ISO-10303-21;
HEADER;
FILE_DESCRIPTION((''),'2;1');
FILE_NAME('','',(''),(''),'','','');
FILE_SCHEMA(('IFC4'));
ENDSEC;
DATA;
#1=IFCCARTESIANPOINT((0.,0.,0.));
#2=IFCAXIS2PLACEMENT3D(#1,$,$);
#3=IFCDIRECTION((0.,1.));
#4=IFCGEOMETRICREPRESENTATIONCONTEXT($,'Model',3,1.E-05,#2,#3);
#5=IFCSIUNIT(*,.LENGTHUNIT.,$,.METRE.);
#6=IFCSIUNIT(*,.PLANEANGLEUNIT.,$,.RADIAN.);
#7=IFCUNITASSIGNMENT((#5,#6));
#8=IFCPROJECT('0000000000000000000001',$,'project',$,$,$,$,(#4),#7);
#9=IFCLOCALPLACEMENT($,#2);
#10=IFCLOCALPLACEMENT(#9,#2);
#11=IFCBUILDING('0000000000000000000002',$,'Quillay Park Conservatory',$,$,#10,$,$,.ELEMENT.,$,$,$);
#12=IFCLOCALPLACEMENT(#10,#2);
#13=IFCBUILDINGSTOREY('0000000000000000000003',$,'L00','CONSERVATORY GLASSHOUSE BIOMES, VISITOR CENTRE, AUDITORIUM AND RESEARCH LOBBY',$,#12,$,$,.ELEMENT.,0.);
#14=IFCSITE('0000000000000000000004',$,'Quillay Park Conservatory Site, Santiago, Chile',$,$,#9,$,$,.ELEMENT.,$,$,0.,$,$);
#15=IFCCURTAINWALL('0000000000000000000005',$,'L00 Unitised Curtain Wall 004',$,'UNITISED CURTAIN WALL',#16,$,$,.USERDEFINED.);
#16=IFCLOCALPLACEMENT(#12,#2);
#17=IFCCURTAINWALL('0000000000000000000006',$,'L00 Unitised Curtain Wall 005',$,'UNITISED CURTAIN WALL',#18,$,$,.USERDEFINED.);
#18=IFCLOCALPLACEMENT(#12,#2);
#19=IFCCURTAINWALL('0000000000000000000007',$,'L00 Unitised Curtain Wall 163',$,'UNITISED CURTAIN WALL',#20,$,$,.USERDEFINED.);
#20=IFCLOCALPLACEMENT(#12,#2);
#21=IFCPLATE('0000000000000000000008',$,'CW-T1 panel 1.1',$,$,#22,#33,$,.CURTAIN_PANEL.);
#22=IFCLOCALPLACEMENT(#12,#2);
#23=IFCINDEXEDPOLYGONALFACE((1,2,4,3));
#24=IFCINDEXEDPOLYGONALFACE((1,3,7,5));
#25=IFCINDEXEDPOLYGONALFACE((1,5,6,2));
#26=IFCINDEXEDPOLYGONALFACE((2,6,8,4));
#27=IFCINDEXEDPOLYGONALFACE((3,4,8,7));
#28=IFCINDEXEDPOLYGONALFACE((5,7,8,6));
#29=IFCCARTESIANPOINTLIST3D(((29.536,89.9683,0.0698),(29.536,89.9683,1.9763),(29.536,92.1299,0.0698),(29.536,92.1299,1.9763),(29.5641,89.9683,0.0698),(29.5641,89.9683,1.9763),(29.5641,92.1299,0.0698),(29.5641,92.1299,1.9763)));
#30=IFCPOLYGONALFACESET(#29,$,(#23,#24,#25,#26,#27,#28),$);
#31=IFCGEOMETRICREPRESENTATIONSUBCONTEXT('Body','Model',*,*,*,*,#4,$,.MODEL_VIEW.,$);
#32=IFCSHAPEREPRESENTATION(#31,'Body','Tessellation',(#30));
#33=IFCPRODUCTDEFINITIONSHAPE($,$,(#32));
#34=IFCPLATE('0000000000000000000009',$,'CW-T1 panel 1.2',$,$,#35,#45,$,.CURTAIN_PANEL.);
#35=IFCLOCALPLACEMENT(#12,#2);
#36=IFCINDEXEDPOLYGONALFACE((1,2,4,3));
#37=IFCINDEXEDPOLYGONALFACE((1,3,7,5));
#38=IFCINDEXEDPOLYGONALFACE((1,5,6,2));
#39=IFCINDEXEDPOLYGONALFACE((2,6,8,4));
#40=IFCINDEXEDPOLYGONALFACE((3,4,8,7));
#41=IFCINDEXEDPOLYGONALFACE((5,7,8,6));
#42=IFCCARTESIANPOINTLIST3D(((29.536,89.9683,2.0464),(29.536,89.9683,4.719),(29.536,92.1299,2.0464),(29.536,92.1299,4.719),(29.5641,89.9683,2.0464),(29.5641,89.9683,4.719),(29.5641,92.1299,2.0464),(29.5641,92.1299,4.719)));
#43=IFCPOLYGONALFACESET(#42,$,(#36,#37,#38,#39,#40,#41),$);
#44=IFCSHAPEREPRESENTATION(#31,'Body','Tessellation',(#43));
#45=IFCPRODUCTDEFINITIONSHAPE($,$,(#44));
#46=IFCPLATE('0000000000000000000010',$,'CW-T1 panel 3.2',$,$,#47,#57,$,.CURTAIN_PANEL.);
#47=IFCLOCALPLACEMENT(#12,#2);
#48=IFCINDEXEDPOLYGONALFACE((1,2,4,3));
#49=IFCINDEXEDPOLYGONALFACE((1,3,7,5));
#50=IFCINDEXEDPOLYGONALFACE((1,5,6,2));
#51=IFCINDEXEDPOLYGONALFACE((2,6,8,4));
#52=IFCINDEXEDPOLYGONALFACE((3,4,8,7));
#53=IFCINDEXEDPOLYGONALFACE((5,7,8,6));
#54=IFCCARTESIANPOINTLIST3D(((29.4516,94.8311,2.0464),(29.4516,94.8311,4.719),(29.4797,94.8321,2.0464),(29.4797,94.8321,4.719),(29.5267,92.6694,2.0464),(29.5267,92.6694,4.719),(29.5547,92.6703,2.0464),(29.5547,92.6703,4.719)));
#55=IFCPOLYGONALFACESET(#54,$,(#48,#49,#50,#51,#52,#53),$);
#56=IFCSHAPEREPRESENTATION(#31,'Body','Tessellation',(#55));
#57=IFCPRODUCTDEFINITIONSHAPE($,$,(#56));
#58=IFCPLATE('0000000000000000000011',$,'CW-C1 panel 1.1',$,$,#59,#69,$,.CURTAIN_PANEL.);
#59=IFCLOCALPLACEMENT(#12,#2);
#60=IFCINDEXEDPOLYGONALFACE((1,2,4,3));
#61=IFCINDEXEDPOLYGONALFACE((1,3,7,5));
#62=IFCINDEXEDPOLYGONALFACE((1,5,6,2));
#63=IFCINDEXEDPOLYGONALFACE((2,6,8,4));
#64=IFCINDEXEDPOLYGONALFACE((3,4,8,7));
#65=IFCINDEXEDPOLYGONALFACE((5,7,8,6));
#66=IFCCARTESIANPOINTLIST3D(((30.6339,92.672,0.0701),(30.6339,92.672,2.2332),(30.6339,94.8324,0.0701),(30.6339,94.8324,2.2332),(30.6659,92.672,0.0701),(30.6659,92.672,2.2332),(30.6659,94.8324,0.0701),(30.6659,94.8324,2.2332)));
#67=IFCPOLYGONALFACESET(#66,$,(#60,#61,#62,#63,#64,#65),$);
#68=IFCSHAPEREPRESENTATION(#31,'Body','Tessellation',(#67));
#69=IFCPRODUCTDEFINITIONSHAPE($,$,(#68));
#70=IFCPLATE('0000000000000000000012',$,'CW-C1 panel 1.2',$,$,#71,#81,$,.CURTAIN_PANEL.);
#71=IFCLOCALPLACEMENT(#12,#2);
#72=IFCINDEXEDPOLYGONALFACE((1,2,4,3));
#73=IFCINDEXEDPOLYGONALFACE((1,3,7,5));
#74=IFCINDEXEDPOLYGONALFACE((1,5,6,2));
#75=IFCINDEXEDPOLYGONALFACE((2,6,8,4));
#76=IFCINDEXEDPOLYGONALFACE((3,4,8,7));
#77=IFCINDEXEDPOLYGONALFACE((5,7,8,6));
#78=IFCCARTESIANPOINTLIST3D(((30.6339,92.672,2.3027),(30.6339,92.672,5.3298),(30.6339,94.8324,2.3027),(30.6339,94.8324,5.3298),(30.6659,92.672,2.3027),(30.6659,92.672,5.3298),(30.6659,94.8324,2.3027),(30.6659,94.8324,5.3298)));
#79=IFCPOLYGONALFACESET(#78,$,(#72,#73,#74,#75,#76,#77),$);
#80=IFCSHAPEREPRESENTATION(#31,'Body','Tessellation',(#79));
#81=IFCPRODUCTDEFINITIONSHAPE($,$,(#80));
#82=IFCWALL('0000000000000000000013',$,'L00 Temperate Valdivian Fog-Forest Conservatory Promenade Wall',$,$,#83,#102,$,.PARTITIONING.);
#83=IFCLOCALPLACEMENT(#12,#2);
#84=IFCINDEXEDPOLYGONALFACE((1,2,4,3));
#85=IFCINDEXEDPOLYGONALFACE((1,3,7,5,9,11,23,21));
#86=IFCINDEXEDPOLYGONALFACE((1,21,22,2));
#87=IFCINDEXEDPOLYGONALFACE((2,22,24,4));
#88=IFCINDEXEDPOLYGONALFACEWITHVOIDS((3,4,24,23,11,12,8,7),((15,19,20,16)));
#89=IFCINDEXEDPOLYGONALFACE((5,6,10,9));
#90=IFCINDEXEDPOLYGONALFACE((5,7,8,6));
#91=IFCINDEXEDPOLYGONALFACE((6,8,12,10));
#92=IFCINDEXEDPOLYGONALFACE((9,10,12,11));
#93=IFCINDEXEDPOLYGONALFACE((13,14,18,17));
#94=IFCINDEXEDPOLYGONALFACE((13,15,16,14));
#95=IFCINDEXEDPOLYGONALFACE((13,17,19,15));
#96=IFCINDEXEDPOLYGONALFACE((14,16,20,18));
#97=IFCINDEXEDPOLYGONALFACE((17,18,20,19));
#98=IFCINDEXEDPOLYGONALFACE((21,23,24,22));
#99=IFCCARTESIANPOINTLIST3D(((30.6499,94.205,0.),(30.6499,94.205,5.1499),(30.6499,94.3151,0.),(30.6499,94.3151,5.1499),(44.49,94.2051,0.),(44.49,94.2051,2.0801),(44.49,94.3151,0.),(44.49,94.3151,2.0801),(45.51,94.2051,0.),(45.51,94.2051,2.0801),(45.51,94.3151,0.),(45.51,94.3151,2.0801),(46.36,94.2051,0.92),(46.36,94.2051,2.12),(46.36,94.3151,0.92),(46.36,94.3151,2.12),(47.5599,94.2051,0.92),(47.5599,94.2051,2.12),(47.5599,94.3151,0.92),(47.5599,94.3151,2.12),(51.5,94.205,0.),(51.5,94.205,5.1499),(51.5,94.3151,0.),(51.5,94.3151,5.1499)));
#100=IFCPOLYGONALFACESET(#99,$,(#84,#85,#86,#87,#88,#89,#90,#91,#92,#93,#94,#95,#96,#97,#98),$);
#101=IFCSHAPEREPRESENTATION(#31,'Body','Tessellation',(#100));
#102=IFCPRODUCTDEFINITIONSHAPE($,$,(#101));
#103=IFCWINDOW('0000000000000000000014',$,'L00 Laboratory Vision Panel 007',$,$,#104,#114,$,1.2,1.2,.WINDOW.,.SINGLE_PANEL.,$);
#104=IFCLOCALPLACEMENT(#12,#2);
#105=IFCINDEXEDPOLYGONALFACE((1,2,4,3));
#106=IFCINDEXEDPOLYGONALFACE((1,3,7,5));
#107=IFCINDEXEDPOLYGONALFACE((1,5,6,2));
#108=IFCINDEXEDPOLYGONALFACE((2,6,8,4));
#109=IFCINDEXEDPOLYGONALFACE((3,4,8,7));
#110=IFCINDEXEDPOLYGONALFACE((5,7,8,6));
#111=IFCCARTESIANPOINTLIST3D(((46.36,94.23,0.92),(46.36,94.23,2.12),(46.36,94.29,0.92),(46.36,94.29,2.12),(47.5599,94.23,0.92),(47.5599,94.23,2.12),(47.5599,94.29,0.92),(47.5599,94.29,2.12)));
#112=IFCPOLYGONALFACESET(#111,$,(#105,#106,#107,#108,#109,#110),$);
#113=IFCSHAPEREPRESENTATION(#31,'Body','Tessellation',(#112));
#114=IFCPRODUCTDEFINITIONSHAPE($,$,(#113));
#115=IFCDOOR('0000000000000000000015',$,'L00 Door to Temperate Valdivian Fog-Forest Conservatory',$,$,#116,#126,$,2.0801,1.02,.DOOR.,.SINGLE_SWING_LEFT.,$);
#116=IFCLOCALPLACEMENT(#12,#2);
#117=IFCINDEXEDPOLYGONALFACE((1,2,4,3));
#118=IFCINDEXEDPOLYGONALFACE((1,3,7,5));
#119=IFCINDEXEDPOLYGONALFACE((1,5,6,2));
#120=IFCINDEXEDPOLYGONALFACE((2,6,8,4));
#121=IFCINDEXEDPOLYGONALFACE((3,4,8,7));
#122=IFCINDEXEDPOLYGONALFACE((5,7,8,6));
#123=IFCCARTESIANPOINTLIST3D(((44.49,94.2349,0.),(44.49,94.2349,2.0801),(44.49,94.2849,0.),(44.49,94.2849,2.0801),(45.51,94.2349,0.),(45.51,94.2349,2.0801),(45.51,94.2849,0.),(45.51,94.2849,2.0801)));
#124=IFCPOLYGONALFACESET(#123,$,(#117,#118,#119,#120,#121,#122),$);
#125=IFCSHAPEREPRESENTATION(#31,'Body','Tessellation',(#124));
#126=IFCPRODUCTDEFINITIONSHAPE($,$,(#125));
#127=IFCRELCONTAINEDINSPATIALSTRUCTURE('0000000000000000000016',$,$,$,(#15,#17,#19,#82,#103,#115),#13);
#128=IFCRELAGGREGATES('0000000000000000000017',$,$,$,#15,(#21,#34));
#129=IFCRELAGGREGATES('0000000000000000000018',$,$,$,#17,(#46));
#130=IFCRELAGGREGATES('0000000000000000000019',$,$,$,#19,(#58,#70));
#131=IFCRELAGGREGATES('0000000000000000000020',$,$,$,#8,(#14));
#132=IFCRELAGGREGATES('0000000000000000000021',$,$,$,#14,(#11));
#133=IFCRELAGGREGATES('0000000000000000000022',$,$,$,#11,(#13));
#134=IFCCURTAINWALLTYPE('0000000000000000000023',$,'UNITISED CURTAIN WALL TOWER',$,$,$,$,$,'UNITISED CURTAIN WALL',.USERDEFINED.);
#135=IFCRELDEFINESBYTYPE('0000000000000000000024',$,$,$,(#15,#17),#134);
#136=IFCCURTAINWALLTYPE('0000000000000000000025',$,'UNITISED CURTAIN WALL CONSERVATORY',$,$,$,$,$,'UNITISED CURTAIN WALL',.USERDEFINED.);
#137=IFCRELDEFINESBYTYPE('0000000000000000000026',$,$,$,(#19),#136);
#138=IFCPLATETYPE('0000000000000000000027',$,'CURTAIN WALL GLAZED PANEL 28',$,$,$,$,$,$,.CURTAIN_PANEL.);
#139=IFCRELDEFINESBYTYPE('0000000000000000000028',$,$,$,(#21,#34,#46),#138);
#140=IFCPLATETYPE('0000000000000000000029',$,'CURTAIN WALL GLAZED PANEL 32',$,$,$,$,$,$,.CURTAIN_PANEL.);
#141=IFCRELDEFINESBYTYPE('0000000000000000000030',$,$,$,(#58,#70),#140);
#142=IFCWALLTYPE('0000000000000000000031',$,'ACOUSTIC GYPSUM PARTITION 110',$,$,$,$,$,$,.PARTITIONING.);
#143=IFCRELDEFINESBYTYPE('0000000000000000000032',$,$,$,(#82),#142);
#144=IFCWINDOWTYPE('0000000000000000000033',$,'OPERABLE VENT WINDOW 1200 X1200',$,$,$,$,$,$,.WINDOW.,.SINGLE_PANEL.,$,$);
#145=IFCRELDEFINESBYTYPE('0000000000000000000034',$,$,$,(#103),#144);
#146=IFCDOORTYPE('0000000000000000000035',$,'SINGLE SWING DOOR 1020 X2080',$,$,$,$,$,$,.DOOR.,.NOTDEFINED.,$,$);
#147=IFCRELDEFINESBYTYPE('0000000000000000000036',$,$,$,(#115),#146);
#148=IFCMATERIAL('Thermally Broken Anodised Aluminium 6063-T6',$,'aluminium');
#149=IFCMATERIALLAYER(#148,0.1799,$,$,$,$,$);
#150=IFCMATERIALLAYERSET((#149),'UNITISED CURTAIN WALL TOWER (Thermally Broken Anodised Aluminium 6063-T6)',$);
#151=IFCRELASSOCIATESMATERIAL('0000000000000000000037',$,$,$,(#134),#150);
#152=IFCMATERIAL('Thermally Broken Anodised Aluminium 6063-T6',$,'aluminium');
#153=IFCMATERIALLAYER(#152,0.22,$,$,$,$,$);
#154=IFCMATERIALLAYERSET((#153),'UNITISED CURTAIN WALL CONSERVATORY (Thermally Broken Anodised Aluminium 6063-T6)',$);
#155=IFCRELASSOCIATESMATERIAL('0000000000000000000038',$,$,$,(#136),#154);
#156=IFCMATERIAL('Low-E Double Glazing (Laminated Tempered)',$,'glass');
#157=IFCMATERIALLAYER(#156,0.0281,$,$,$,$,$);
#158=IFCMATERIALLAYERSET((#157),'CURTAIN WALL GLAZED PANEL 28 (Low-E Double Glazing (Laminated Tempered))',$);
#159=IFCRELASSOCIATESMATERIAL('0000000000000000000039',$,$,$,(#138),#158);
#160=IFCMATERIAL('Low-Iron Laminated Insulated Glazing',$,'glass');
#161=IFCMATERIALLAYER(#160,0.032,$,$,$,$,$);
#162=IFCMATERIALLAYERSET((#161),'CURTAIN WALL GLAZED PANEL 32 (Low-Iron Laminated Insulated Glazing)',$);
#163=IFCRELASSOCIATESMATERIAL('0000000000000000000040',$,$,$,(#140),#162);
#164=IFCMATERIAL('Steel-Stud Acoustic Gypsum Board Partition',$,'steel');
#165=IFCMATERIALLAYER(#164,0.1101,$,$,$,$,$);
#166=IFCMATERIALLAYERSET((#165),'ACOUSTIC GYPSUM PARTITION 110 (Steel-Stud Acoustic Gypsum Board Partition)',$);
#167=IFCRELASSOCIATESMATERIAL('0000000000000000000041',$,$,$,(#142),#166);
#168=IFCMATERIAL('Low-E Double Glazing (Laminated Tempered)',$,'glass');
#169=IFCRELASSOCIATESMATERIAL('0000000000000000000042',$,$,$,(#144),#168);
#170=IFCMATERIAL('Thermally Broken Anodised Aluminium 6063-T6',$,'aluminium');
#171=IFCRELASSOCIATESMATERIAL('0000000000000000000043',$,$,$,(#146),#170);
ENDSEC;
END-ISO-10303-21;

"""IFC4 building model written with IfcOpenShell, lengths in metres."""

from ifc_helpers import new_model, si_unit, direction, frame, frame_2d, origin, origin_2d, place, context, subcontext, project, spatial, rectangle, extrude, material, layer, layer_set, type_object, element, fill, aggregate, save


model = new_model("IFC4")

# Units and contexts
model_context = context("Model", 3, precision=1e-05, world=origin(), true_north=direction((0.0, 1.0)))
body_context = subcontext(model_context, "Body", "Model", "MODEL_VIEW")
ifc_project = project(units=[si_unit("LENGTHUNIT", "METRE"), si_unit("PLANEANGLEUNIT", "RADIAN")], contexts=[model_context])

# Site, building, storey
site_placement = place(None, origin())
site = spatial("IfcSite", under=ifc_project, at=site_placement, Name="Quillay Park Conservatory Site, Santiago, Chile", CompositionType="ELEMENT", RefElevation=0.0)
building_placement = place(site_placement, origin())
building = spatial("IfcBuilding", under=site, at=building_placement, Name="Quillay Park Conservatory", CompositionType="ELEMENT")
storey_placement = place(building_placement, origin())
storey = spatial("IfcBuildingStorey", under=building, at=storey_placement, Name="L00", Description="CONSERVATORY GLASSHOUSE BIOMES, VISITOR CENTRE, AUDITORIUM AND RESEARCH LOBBY", CompositionType="ELEMENT", Elevation=0.0)

# Curtain walls
ifc_material_1 = material(Name="Thermally Broken Anodised Aluminium 6063-T6", Category="aluminium")
ifc_layer_1 = layer(ifc_material_1, 0.1799)
ifc_layer_set_1 = layer_set([ifc_layer_1], Name="UNITISED CURTAIN WALL TOWER (Thermally Broken Anodised Aluminium 6063-T6)")
curtain_wall_type_1 = type_object("IfcCurtainWallType", Name="UNITISED CURTAIN WALL TOWER", ElementType="UNITISED CURTAIN WALL", PredefinedType="USERDEFINED", material=ifc_layer_set_1)
curtain_wall_1_placement = place(storey_placement, origin())
curtain_wall_1 = element("IfcCurtainWall", 1, at=curtain_wall_1_placement, inside=storey, type_object=curtain_wall_type_1, Name="L00 Unitised Curtain Wall 004", ObjectType="UNITISED CURTAIN WALL", PredefinedType="USERDEFINED")
curtain_wall_2_placement = place(storey_placement, origin())
curtain_wall_2 = element("IfcCurtainWall", 2, at=curtain_wall_2_placement, inside=storey, type_object=curtain_wall_type_1, Name="L00 Unitised Curtain Wall 005", ObjectType="UNITISED CURTAIN WALL", PredefinedType="USERDEFINED")

# Curtain wall
ifc_material_2 = material(Name="Thermally Broken Anodised Aluminium 6063-T6", Category="aluminium")
ifc_layer_2 = layer(ifc_material_2, 0.22)
ifc_layer_set_2 = layer_set([ifc_layer_2], Name="UNITISED CURTAIN WALL CONSERVATORY (Thermally Broken Anodised Aluminium 6063-T6)")
curtain_wall_type_2 = type_object("IfcCurtainWallType", Name="UNITISED CURTAIN WALL CONSERVATORY", ElementType="UNITISED CURTAIN WALL", PredefinedType="USERDEFINED", material=ifc_layer_set_2)
curtain_wall_3_placement = place(storey_placement, origin())
curtain_wall_3 = element("IfcCurtainWall", 3, at=curtain_wall_3_placement, inside=storey, type_object=curtain_wall_type_2, Name="L00 Unitised Curtain Wall 163", ObjectType="UNITISED CURTAIN WALL", PredefinedType="USERDEFINED")

# Plates
ifc_material_3 = material(Name="Low-E Double Glazing (Laminated Tempered)", Category="glass")
ifc_layer_3 = layer(ifc_material_3, 0.0281)
ifc_layer_set_3 = layer_set([ifc_layer_3], Name="CURTAIN WALL GLAZED PANEL 28 (Low-E Double Glazing (Laminated Tempered))")
plate_type_1 = type_object("IfcPlateType", Name="CURTAIN WALL GLAZED PANEL 28", PredefinedType="CURTAIN_PANEL", material=ifc_layer_set_3)
plate_1_placement = place(storey_placement, frame((29.55, 91.0491, 0.0698), z_axis=(0.0, 0.0, 1.0), x_axis=(0.0, -1.0, 0.0)))
plate_1 = element("IfcPlate", 4, at=plate_1_placement, type_object=plate_type_1, Name="CW-T1 panel 1.1", PredefinedType="CURTAIN_PANEL", context=body_context, shape_type="SweptSolid", body=[
    extrude(rectangle(XDim=2.1616, YDim=0.0281, at=origin_2d()), origin(), (0.0, 0.0, 1.0), 1.9065),
])
plate_2_placement = place(storey_placement, frame((29.55, 91.0491, 2.0464), z_axis=(0.0, 0.0, 1.0), x_axis=(0.0, -1.0, 0.0)))
plate_2 = element("IfcPlate", 5, at=plate_2_placement, type_object=plate_type_1, Name="CW-T1 panel 1.2", PredefinedType="CURTAIN_PANEL", context=body_context, shape_type="SweptSolid", body=[
    extrude(rectangle(XDim=2.1616, YDim=0.0281, at=origin_2d()), origin(), (0.0, 0.0, 1.0), 2.6726),
])
aggregate(curtain_wall_1, [plate_1, plate_2])
plate_3_placement = place(storey_placement, frame((29.5032, 93.7507, 2.0464), z_axis=(0.0, 0.0, 1.0), x_axis=(0.034713, -0.999397, 0.0)))
plate_3 = element("IfcPlate", 6, at=plate_3_placement, type_object=plate_type_1, Name="CW-T1 panel 3.2", PredefinedType="CURTAIN_PANEL", context=body_context, shape_type="SweptSolid", body=[
    extrude(rectangle(XDim=2.1631, YDim=0.0281, at=origin_2d()), origin(), (0.0, 0.0, 1.0), 2.6726),
])
aggregate(curtain_wall_2, [plate_3])
ifc_material_4 = material(Name="Low-Iron Laminated Insulated Glazing", Category="glass")
ifc_layer_4 = layer(ifc_material_4, 0.032)
ifc_layer_set_4 = layer_set([ifc_layer_4], Name="CURTAIN WALL GLAZED PANEL 32 (Low-Iron Laminated Insulated Glazing)")
plate_type_2 = type_object("IfcPlateType", Name="CURTAIN WALL GLAZED PANEL 32", PredefinedType="CURTAIN_PANEL", material=ifc_layer_set_4)
plate_4_placement = place(storey_placement, frame((30.6499, 93.7522, 0.0701), z_axis=(0.0, 0.0, 1.0), x_axis=(0.0, 1.0, 0.0)))
plate_4 = element("IfcPlate", 7, at=plate_4_placement, type_object=plate_type_2, Name="CW-C1 panel 1.1", PredefinedType="CURTAIN_PANEL", context=body_context, shape_type="SweptSolid", body=[
    extrude(rectangle(XDim=2.1604, YDim=0.032, at=origin_2d()), origin(), (0.0, 0.0, 1.0), 2.1631),
])
plate_5_placement = place(storey_placement, frame((30.6499, 93.7522, 2.3027), z_axis=(0.0, 0.0, 1.0), x_axis=(0.0, 1.0, 0.0)))
plate_5 = element("IfcPlate", 8, at=plate_5_placement, type_object=plate_type_2, Name="CW-C1 panel 1.2", PredefinedType="CURTAIN_PANEL", context=body_context, shape_type="SweptSolid", body=[
    extrude(rectangle(XDim=2.1604, YDim=0.032, at=origin_2d()), origin(), (0.0, 0.0, 1.0), 3.0271),
])
aggregate(curtain_wall_3, [plate_4, plate_5])

# Wall, openings, window, door
ifc_material_5 = material(Name="Steel-Stud Acoustic Gypsum Board Partition", Category="steel")
ifc_layer_5 = layer(ifc_material_5, 0.1101)
ifc_layer_set_5 = layer_set([ifc_layer_5], Name="ACOUSTIC GYPSUM PARTITION 110 (Steel-Stud Acoustic Gypsum Board Partition)")
wall_type = type_object("IfcWallType", Name="ACOUSTIC GYPSUM PARTITION 110", PredefinedType="PARTITIONING", material=ifc_layer_set_5)
wall_placement = place(storey_placement, frame((30.6499, 94.26, 0.0), z_axis=(0.0, 0.0, 1.0), x_axis=(1.0, 0.0, 0.0)))
wall = element("IfcWall", 9, at=wall_placement, inside=storey, type_object=wall_type, Name="L00 Temperate Valdivian Fog-Forest Conservatory Promenade Wall", PredefinedType="PARTITIONING", context=body_context, shape_type="SweptSolid", body=[
    extrude(rectangle(XDim=20.8501, YDim=0.1101, at=frame_2d((10.425, 0.0))), origin(), (0.0, 0.0, 1.0), 5.1499),
])
opening_1_placement = place(wall_placement, frame((13.8401, 0.0, 0.0)))
opening_1 = element("IfcOpeningElement", 10, at=opening_1_placement, cuts=wall, PredefinedType="OPENING", context=body_context, shape_type="SweptSolid", body=[
    extrude(rectangle(XDim=1.02, YDim=2.0801, at=frame_2d((0.51, 1.04))), frame((0.0, 0.0552, 0.0), z_axis=(0.0, -1.0, 0.0), x_axis=(1.0, 0.0, 0.0)), (0.0, 0.0, 1.0), 0.1101),
])
opening_2_placement = place(wall_placement, frame((15.71, 0.0, 0.9199)))
opening_2 = element("IfcOpeningElement", 11, at=opening_2_placement, cuts=wall, PredefinedType="OPENING", context=body_context, shape_type="SweptSolid", body=[
    extrude(rectangle(XDim=1.2, YDim=1.2, at=frame_2d((0.6001, 0.6001))), frame((0.0, 0.0552, 0.0), z_axis=(0.0, -1.0, 0.0), x_axis=(1.0, 0.0, 0.0)), (0.0, 0.0, 1.0), 0.1101),
])
ifc_material_6 = material(Name="Low-E Double Glazing (Laminated Tempered)", Category="glass")
window_type = type_object("IfcWindowType", Name="OPERABLE VENT WINDOW 1200 X1200", PartitioningType="SINGLE_PANEL", PredefinedType="WINDOW", material=ifc_material_6)
window_placement = place(opening_2_placement, origin())
window = element("IfcWindow", 12, at=window_placement, inside=storey, type_object=window_type, Name="L00 Laboratory Vision Panel 007", OverallHeight=1.2, OverallWidth=1.2, PartitioningType="SINGLE_PANEL", PredefinedType="WINDOW", context=body_context, shape_type="SweptSolid", body=[
    extrude(rectangle(XDim=1.2, YDim=1.2, at=frame_2d((0.6001, 0.6001))), frame((0.0, 0.03, 0.0), z_axis=(0.0, -1.0, 0.0), x_axis=(1.0, 0.0, 0.0)), (0.0, 0.0, 1.0), 0.0601),
])
fill(opening_2, window)
ifc_material_7 = material(Name="Thermally Broken Anodised Aluminium 6063-T6", Category="aluminium")
door_type = type_object("IfcDoorType", Name="SINGLE SWING DOOR 1020 X2080", OperationType="NOTDEFINED", PredefinedType="DOOR", material=ifc_material_7)
door_placement = place(opening_1_placement, origin())
door = element("IfcDoor", 13, at=door_placement, inside=storey, type_object=door_type, Name="L00 Door to Temperate Valdivian Fog-Forest Conservatory", OperationType="SINGLE_SWING_LEFT", OverallHeight=2.0801, OverallWidth=1.02, PredefinedType="DOOR", context=body_context, shape_type="SweptSolid", body=[
    extrude(rectangle(XDim=1.02, YDim=2.0801, at=frame_2d((0.51, 1.04))), frame((0.0, 0.0249, 0.0), z_axis=(0.0, -1.0, 0.0), x_axis=(1.0, 0.0, 0.0)), (0.0, 0.0, 1.0), 0.05),
])
fill(opening_1, door)

save(model, "model.ifc")
